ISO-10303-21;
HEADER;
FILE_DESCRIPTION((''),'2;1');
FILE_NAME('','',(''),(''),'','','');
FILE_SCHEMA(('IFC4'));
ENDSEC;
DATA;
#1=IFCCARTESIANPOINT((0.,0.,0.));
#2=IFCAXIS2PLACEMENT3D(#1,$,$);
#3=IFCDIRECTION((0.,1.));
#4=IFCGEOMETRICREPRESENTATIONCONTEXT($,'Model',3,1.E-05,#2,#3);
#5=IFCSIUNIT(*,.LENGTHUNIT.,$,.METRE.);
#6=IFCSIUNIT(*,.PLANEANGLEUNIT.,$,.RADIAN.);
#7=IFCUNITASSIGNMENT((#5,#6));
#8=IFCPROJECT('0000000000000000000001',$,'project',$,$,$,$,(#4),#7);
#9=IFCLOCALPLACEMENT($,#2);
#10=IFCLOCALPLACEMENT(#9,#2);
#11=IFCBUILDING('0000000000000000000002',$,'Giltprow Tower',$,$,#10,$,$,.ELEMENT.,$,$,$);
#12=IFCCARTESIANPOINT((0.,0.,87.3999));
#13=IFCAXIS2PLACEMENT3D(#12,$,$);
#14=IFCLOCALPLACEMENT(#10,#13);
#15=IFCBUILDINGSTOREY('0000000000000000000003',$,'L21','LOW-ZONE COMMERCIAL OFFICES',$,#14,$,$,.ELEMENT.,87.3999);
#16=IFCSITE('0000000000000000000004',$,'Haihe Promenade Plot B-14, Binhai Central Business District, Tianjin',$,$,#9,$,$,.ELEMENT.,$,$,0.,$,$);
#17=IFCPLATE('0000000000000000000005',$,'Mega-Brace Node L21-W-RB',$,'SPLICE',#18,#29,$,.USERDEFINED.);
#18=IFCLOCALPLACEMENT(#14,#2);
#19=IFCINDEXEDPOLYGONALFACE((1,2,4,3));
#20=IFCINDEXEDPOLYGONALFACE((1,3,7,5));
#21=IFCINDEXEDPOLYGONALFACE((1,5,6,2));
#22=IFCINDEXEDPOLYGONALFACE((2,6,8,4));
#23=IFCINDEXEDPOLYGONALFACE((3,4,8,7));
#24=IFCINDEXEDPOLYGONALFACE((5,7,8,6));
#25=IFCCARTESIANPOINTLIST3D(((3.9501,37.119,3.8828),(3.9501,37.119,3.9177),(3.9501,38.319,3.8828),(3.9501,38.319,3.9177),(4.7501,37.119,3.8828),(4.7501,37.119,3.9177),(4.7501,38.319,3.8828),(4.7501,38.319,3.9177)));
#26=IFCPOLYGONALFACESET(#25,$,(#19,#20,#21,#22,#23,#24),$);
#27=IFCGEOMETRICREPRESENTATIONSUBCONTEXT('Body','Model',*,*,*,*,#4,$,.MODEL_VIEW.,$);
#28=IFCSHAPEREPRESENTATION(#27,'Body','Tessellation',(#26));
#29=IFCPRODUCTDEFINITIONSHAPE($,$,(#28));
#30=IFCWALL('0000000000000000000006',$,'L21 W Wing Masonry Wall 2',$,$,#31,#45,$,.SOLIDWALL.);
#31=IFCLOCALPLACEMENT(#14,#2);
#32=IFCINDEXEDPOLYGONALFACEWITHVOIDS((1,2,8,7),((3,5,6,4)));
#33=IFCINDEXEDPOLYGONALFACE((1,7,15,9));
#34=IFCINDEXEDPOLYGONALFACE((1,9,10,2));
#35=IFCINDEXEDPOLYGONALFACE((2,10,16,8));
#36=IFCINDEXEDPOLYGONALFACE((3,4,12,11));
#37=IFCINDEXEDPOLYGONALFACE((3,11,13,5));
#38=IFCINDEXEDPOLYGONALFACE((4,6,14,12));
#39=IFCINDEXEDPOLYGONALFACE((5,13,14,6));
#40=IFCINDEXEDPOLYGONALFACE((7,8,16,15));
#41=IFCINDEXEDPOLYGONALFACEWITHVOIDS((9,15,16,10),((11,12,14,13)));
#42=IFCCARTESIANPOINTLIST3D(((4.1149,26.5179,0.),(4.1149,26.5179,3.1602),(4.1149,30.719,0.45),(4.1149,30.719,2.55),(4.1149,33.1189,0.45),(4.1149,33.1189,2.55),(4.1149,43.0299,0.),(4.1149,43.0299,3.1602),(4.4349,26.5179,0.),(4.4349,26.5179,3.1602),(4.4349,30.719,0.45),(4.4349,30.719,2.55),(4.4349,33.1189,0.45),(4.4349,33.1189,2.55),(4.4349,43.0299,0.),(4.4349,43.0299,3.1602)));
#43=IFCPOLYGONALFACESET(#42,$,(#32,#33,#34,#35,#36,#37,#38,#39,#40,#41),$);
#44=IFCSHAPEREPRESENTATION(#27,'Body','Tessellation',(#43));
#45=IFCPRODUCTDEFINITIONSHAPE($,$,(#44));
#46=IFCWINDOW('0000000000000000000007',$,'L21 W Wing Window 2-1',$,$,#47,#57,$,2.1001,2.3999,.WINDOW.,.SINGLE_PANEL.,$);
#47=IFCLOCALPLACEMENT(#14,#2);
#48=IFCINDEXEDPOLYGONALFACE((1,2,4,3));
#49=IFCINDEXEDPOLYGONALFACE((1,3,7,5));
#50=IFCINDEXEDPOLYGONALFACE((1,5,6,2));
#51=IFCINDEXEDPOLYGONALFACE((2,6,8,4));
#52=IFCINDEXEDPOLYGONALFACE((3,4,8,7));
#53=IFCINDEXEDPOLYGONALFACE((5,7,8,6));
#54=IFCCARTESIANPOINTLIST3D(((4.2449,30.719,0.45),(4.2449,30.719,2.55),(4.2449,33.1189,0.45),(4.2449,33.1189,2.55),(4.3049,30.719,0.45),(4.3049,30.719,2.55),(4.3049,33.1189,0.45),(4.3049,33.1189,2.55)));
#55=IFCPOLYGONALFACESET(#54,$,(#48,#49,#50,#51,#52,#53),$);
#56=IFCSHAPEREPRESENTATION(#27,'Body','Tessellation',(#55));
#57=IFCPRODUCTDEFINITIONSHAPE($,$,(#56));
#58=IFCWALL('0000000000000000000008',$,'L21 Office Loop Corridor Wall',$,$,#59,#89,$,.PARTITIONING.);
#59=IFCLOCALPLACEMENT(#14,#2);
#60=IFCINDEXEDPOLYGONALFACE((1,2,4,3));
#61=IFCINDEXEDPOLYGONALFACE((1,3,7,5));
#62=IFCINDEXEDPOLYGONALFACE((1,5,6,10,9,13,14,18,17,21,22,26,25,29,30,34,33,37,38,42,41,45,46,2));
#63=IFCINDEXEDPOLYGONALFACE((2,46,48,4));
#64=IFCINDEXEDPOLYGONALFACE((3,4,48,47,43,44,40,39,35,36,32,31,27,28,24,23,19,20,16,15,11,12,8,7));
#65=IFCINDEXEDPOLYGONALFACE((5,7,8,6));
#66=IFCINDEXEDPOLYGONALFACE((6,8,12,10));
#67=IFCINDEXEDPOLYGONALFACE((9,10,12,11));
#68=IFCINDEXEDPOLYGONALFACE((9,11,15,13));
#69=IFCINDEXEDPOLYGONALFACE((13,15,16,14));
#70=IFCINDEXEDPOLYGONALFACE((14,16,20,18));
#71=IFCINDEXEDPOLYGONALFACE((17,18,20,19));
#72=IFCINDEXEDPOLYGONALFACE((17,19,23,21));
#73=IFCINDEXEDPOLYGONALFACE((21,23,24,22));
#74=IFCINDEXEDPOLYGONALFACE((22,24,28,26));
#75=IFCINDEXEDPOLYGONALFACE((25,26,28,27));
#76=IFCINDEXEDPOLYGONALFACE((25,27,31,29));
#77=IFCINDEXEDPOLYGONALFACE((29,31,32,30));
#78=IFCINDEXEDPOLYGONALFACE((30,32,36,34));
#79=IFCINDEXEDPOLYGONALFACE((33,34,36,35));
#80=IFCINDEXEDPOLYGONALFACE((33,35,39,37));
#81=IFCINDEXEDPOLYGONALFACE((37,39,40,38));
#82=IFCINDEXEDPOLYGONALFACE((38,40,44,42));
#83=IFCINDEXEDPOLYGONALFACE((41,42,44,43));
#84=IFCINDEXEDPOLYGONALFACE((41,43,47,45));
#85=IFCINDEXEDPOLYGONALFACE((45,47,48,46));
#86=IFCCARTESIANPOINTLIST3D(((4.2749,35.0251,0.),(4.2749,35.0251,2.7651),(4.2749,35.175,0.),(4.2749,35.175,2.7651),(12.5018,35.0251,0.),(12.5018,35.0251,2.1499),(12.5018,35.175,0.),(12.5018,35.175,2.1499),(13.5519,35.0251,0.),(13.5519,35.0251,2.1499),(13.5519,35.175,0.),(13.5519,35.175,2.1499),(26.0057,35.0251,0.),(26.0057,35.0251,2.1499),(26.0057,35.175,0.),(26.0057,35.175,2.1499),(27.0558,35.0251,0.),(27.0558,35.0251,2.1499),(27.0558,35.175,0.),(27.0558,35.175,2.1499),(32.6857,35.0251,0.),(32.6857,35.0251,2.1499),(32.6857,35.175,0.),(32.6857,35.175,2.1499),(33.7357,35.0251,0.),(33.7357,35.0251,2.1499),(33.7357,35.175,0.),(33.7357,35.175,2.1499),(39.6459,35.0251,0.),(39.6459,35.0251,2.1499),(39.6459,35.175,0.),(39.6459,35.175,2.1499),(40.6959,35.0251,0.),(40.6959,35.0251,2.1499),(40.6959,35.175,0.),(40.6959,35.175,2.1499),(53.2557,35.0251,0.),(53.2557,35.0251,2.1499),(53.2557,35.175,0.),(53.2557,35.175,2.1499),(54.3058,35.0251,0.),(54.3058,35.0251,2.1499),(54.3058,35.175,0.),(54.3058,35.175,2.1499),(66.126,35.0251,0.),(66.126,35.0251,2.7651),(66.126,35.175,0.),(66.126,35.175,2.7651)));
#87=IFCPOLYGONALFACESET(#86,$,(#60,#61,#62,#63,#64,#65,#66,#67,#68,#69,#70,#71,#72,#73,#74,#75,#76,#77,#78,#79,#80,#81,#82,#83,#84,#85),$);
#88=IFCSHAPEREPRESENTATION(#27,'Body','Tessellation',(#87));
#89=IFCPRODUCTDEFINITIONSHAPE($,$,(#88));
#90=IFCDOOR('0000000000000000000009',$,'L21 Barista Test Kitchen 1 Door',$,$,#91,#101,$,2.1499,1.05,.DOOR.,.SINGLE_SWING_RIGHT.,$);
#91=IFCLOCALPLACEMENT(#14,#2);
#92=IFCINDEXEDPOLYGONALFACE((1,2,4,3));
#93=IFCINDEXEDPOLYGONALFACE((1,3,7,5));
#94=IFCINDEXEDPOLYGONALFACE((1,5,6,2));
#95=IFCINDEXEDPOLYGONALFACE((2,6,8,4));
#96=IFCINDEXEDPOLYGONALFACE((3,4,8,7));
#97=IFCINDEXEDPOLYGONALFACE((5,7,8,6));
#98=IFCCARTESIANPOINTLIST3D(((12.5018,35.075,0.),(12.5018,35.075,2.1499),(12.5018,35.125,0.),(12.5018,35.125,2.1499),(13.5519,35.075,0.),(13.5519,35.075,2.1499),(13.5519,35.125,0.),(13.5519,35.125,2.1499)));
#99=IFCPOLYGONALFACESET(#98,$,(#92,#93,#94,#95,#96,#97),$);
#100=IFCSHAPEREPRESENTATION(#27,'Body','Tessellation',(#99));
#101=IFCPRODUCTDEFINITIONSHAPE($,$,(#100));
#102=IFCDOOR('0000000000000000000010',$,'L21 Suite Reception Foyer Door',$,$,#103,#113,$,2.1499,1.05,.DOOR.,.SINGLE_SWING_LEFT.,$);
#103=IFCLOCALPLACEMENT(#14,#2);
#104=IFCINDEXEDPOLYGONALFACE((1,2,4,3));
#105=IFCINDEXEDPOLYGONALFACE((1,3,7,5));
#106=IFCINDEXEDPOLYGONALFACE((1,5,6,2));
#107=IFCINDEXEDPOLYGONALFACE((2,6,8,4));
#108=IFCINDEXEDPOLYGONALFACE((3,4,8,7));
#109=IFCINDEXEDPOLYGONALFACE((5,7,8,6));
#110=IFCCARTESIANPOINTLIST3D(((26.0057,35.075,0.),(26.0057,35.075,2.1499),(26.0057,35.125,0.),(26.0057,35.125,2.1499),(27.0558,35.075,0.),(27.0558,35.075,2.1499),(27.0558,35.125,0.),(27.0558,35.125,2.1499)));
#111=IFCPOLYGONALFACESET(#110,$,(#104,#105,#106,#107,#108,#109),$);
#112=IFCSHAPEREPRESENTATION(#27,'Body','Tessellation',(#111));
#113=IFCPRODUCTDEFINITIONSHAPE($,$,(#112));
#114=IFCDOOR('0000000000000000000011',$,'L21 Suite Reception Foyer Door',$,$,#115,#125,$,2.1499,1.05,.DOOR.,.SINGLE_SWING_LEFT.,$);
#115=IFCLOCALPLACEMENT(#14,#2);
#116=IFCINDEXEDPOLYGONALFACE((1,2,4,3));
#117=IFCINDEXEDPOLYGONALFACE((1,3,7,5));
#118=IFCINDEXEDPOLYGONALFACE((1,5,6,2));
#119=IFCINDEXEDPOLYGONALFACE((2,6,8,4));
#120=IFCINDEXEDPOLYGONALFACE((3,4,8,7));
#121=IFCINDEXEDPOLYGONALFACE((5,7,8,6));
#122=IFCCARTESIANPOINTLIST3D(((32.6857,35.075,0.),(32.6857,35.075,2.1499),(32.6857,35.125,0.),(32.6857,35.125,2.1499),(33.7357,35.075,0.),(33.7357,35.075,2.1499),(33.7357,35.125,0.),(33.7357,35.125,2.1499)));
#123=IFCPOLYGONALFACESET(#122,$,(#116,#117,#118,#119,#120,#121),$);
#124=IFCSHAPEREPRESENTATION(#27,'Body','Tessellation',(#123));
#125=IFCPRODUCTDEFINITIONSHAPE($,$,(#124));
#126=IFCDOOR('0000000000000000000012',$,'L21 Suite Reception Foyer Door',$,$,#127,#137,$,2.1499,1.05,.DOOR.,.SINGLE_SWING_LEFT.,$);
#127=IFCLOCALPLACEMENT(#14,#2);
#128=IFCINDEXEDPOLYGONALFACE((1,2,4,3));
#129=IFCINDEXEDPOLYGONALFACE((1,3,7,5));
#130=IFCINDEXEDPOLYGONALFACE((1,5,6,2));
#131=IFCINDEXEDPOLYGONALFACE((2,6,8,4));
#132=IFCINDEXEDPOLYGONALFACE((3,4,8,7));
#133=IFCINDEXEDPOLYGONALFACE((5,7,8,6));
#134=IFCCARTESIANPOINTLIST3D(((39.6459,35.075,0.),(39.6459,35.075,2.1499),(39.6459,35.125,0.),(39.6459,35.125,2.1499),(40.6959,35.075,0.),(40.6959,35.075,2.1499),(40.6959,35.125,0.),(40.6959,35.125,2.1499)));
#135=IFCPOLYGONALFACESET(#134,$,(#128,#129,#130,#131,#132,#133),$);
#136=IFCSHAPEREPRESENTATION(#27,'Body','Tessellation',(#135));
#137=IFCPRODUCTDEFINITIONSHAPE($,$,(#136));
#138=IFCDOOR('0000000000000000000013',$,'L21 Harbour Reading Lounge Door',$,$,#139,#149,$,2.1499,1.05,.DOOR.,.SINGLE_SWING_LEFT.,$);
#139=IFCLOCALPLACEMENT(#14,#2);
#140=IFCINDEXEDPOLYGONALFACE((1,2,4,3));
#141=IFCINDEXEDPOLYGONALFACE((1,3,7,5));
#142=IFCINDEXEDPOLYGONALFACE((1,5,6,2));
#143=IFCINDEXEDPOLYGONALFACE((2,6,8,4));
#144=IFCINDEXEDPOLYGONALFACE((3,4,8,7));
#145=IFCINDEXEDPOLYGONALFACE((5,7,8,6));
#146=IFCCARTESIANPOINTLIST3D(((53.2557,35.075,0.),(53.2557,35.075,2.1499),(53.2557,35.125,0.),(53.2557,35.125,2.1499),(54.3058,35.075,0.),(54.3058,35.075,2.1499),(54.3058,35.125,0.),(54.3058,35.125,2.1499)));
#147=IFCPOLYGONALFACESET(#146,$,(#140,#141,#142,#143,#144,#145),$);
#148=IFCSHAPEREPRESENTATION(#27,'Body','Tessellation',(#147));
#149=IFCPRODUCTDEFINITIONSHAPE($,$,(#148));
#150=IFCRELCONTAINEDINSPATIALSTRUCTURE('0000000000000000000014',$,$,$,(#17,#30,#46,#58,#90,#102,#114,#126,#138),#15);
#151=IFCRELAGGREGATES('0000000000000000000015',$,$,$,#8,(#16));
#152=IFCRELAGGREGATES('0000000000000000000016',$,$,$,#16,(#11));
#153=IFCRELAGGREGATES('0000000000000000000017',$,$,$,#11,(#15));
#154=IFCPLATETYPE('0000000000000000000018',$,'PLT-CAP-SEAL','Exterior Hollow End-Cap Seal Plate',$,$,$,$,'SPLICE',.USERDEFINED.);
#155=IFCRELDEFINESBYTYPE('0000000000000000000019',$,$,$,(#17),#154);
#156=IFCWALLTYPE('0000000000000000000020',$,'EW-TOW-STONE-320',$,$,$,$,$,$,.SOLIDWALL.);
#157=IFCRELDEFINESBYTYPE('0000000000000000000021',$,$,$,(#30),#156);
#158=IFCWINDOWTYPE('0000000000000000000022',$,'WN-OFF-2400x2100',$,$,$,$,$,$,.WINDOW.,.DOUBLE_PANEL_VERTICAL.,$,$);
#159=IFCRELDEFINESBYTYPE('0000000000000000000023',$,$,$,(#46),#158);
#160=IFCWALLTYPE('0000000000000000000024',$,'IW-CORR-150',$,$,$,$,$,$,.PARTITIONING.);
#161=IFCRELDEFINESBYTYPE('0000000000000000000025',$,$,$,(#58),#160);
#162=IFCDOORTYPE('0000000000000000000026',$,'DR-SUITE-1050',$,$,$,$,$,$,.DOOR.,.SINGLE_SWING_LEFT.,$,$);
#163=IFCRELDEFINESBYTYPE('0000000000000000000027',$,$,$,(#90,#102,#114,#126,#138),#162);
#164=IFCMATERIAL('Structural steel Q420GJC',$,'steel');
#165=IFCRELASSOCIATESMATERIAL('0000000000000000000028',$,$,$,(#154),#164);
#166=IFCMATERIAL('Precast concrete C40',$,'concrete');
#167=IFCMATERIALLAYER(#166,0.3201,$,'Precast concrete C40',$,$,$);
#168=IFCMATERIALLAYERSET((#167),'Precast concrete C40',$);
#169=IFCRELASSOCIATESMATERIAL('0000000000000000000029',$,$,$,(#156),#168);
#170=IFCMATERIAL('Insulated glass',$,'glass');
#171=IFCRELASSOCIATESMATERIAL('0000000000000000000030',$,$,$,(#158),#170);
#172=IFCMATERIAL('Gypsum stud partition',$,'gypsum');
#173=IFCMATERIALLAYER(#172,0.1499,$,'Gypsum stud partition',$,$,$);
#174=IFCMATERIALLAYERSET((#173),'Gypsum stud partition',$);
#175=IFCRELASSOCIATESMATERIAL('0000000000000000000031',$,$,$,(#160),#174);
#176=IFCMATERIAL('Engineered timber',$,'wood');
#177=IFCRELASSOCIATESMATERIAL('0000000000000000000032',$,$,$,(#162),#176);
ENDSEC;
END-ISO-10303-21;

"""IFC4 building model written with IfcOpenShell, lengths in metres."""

from ifc_helpers import new_model, si_unit, direction, frame, frame_2d, origin, origin_2d, place, context, subcontext, project, spatial, rectangle, extrude, source, transform, mapped, material, layer, layer_set, type_object, element, fill, save


model = new_model("IFC4")

# Units and contexts
model_context = context("Model", 3, precision=1e-05, world=origin(), true_north=direction((0.0, 1.0)))
body_context = subcontext(model_context, "Body", "Model", "MODEL_VIEW")
ifc_project = project(units=[si_unit("LENGTHUNIT", "METRE"), si_unit("PLANEANGLEUNIT", "RADIAN")], contexts=[model_context])

# Site, building, storey
site_placement = place(None, origin())
site = spatial("IfcSite", under=ifc_project, at=site_placement, Name="Haihe Promenade Plot B-14, Binhai Central Business District, Tianjin", CompositionType="ELEMENT", RefElevation=0.0)
building_placement = place(site_placement, origin())
building = spatial("IfcBuilding", under=site, at=building_placement, Name="Giltprow Tower", CompositionType="ELEMENT")
storey_placement = place(building_placement, frame((0.0, 0.0, 87.3999)))
storey = spatial("IfcBuildingStorey", under=building, at=storey_placement, Name="L21", Description="LOW-ZONE COMMERCIAL OFFICES", CompositionType="ELEMENT", Elevation=87.3999)

# Shared definitions
ifc_material_1 = material(Name="Structural steel Q420GJC", Category="steel")

# Plate
plate_type = type_object("IfcPlateType", Name="PLT-CAP-SEAL", Description="Exterior Hollow End-Cap Seal Plate", ElementType="SPLICE", PredefinedType="USERDEFINED", material=ifc_material_1)
shared_shape_1 = source(origin(), body_context, "Body", "SweptSolid", [
    extrude(rectangle(XDim=1.2, YDim=0.8, at=origin_2d()), origin(), (0.0, 0.0, 1.0), 0.0349),
])
plate_placement = place(storey_placement, frame((4.3501, 37.719, 3.8828), z_axis=(0.0, 0.0, 1.0), x_axis=(0.0, 1.0, 0.0)))
element("IfcPlate", 1, at=plate_placement, inside=storey, type_object=plate_type, Name="Mega-Brace Node L21-W-RB", ObjectType="SPLICE", PredefinedType="USERDEFINED", context=body_context, shape_type="MappedRepresentation", body=[
    mapped(shared_shape_1, transform((0.0, 0.0, 0.0), x_axis=(1.0, 0.0, 0.0), y_axis=(0.0, 1.0, 0.0), z_axis=(0.0, 0.0, 1.0), scale=1.0)),
])

# Wall, opening, window
ifc_material_2 = material(Name="Precast concrete C40", Category="concrete")
ifc_layer_1 = layer(ifc_material_2, 0.3201, Name="Precast concrete C40")
ifc_layer_set_1 = layer_set([ifc_layer_1], Name="Precast concrete C40")
wall_type_1 = type_object("IfcWallType", Name="EW-TOW-STONE-320", PredefinedType="SOLIDWALL", material=ifc_layer_set_1)
wall_1_placement = place(storey_placement, frame((4.2749, 26.5181, 0.0), z_axis=(0.0, 0.0, 1.0), x_axis=(0.0, 1.0, 0.0)))
wall_1 = element("IfcWall", 2, at=wall_1_placement, inside=storey, type_object=wall_type_1, Name="L21 W Wing Masonry Wall 2", PredefinedType="SOLIDWALL", context=body_context, shape_type="SweptSolid", body=[
    extrude(rectangle(XDim=16.512, YDim=0.3201, at=frame_2d((8.2559, 0.0))), origin(), (0.0, 0.0, 1.0), 3.1602),
])
opening_1_placement = place(wall_1_placement, frame((4.2009, 0.0, 0.45)))
opening_1 = element("IfcOpeningElement", 3, at=opening_1_placement, cuts=wall_1, PredefinedType="OPENING", context=body_context, shape_type="SweptSolid", body=[
    extrude(rectangle(XDim=2.3999, YDim=2.1001, at=frame_2d((1.2, 1.05))), frame((0.0, 0.1699, 0.0), z_axis=(0.0, -1.0, 0.0), x_axis=(1.0, 0.0, 0.0)), (0.0, 0.0, 1.0), 0.3401),
])
ifc_material_3 = material(Name="Insulated glass", Category="glass")
window_type = type_object("IfcWindowType", Name="WN-OFF-2400x2100", PartitioningType="DOUBLE_PANEL_VERTICAL", PredefinedType="WINDOW", material=ifc_material_3)
shared_shape_2 = source(origin(), body_context, "Body", "SweptSolid", [
    extrude(rectangle(XDim=2.3999, YDim=2.1001, at=frame_2d((1.2, 1.05))), frame((0.0, 0.03, 0.0), z_axis=(0.0, -1.0, 0.0), x_axis=(1.0, 0.0, 0.0)), (0.0, 0.0, 1.0), 0.0601),
])
window_placement = place(opening_1_placement, origin())
window = element("IfcWindow", 4, at=window_placement, inside=storey, type_object=window_type, Name="L21 W Wing Window 2-1", OverallHeight=2.1001, OverallWidth=2.3999, PartitioningType="SINGLE_PANEL", PredefinedType="WINDOW", context=body_context, shape_type="MappedRepresentation", body=[
    mapped(shared_shape_2, transform((0.0, 0.0, 0.0), x_axis=(1.0, 0.0, 0.0), y_axis=(0.0, 1.0, 0.0), z_axis=(0.0, 0.0, 1.0), scale=1.0)),
])
fill(opening_1, window)

# Wall, openings, doors
ifc_material_4 = material(Name="Gypsum stud partition", Category="gypsum")
ifc_layer_2 = layer(ifc_material_4, 0.1499, Name="Gypsum stud partition")
ifc_layer_set_2 = layer_set([ifc_layer_2], Name="Gypsum stud partition")
wall_type_2 = type_object("IfcWallType", Name="IW-CORR-150", PredefinedType="PARTITIONING", material=ifc_layer_set_2)
wall_2_placement = place(storey_placement, frame((4.2749, 35.1001, 0.0), z_axis=(0.0, 0.0, 1.0), x_axis=(1.0, 0.0, 0.0)))
wall_2 = element("IfcWall", 5, at=wall_2_placement, inside=storey, type_object=wall_type_2, Name="L21 Office Loop Corridor Wall", PredefinedType="PARTITIONING", context=body_context, shape_type="SweptSolid", body=[
    extrude(rectangle(XDim=61.8511, YDim=0.1499, at=frame_2d((30.9255, 0.0))), origin(), (0.0, 0.0, 1.0), 2.7651),
])
opening_2_placement = place(wall_2_placement, frame((8.2271, 0.0, 0.0)))
opening_2 = element("IfcOpeningElement", 6, at=opening_2_placement, cuts=wall_2, PredefinedType="OPENING", context=body_context, shape_type="SweptSolid", body=[
    extrude(rectangle(XDim=1.05, YDim=2.1499, at=frame_2d((0.5249, 1.075))), frame((0.0, 0.085, 0.0), z_axis=(0.0, -1.0, 0.0), x_axis=(1.0, 0.0, 0.0)), (0.0, 0.0, 1.0), 0.1699),
])
opening_3_placement = place(wall_2_placement, frame((21.731, 0.0, 0.0)))
opening_3 = element("IfcOpeningElement", 7, at=opening_3_placement, cuts=wall_2, PredefinedType="OPENING", context=body_context, shape_type="SweptSolid", body=[
    extrude(rectangle(XDim=1.05, YDim=2.1499, at=frame_2d((0.5249, 1.075))), frame((0.0, 0.085, 0.0), z_axis=(0.0, -1.0, 0.0), x_axis=(1.0, 0.0, 0.0)), (0.0, 0.0, 1.0), 0.1699),
])
opening_4_placement = place(wall_2_placement, frame((28.4109, 0.0, 0.0)))
opening_4 = element("IfcOpeningElement", 8, at=opening_4_placement, cuts=wall_2, PredefinedType="OPENING", context=body_context, shape_type="SweptSolid", body=[
    extrude(rectangle(XDim=1.05, YDim=2.1499, at=frame_2d((0.5249, 1.075))), frame((0.0, 0.085, 0.0), z_axis=(0.0, -1.0, 0.0), x_axis=(1.0, 0.0, 0.0)), (0.0, 0.0, 1.0), 0.1699),
])
opening_5_placement = place(wall_2_placement, frame((35.3711, 0.0, 0.0)))
opening_5 = element("IfcOpeningElement", 9, at=opening_5_placement, cuts=wall_2, PredefinedType="OPENING", context=body_context, shape_type="SweptSolid", body=[
    extrude(rectangle(XDim=1.05, YDim=2.1499, at=frame_2d((0.5249, 1.075))), frame((0.0, 0.085, 0.0), z_axis=(0.0, -1.0, 0.0), x_axis=(1.0, 0.0, 0.0)), (0.0, 0.0, 1.0), 0.1699),
])
opening_6_placement = place(wall_2_placement, frame((48.981, 0.0, 0.0)))
opening_6 = element("IfcOpeningElement", 10, at=opening_6_placement, cuts=wall_2, PredefinedType="OPENING", context=body_context, shape_type="SweptSolid", body=[
    extrude(rectangle(XDim=1.05, YDim=2.1499, at=frame_2d((0.5249, 1.075))), frame((0.0, 0.085, 0.0), z_axis=(0.0, -1.0, 0.0), x_axis=(1.0, 0.0, 0.0)), (0.0, 0.0, 1.0), 0.1699),
])
ifc_material_5 = material(Name="Engineered timber", Category="wood")
door_type_1 = type_object("IfcDoorType", Name="DR-SUITE-1050", OperationType="SINGLE_SWING_LEFT", PredefinedType="DOOR", material=ifc_material_5)
shared_shape_3 = source(origin(), body_context, "Body", "SweptSolid", [
    extrude(rectangle(XDim=1.05, YDim=2.1499, at=frame_2d((0.5249, 1.075))), frame((0.0, 0.0249, 0.0), z_axis=(0.0, -1.0, 0.0), x_axis=(1.0, 0.0, 0.0)), (0.0, 0.0, 1.0), 0.05),
])
door_1_placement = place(opening_2_placement, origin())
door_1 = element("IfcDoor", 11, at=door_1_placement, inside=storey, type_object=door_type_1, Name="L21 Barista Test Kitchen 1 Door", OperationType="SINGLE_SWING_RIGHT", OverallHeight=2.1499, OverallWidth=1.05, PredefinedType="DOOR", context=body_context, shape_type="MappedRepresentation", body=[
    mapped(shared_shape_3, transform((0.0, 0.0, 0.0), x_axis=(1.0, 0.0, 0.0), y_axis=(0.0, 1.0, 0.0), z_axis=(0.0, 0.0, 1.0), scale=1.0)),
])
fill(opening_2, door_1)
door_2_placement = place(opening_3_placement, origin())
door_2 = element("IfcDoor", 12, at=door_2_placement, inside=storey, type_object=door_type_1, Name="L21 Suite Reception Foyer Door", OperationType="SINGLE_SWING_LEFT", OverallHeight=2.1499, OverallWidth=1.05, PredefinedType="DOOR", context=body_context, shape_type="MappedRepresentation", body=[
    mapped(shared_shape_3, transform((0.0, 0.0, 0.0), x_axis=(1.0, 0.0, 0.0), y_axis=(0.0, 1.0, 0.0), z_axis=(0.0, 0.0, 1.0), scale=1.0)),
])
fill(opening_3, door_2)
door_3_placement = place(opening_4_placement, origin())
door_3 = element("IfcDoor", 13, at=door_3_placement, inside=storey, type_object=door_type_1, Name="L21 Suite Reception Foyer Door", OperationType="SINGLE_SWING_LEFT", OverallHeight=2.1499, OverallWidth=1.05, PredefinedType="DOOR", context=body_context, shape_type="MappedRepresentation", body=[
    mapped(shared_shape_3, transform((0.0, 0.0, 0.0), x_axis=(1.0, 0.0, 0.0), y_axis=(0.0, 1.0, 0.0), z_axis=(0.0, 0.0, 1.0), scale=1.0)),
])
fill(opening_4, door_3)
door_4_placement = place(opening_5_placement, origin())
door_4 = element("IfcDoor", 14, at=door_4_placement, inside=storey, type_object=door_type_1, Name="L21 Suite Reception Foyer Door", OperationType="SINGLE_SWING_LEFT", OverallHeight=2.1499, OverallWidth=1.05, PredefinedType="DOOR", context=body_context, shape_type="MappedRepresentation", body=[
    mapped(shared_shape_3, transform((0.0, 0.0, 0.0), x_axis=(1.0, 0.0, 0.0), y_axis=(0.0, 1.0, 0.0), z_axis=(0.0, 0.0, 1.0), scale=1.0)),
])
fill(opening_5, door_4)
door_5_placement = place(opening_6_placement, origin())
door_5 = element("IfcDoor", 15, at=door_5_placement, inside=storey, type_object=door_type_1, Name="L21 Harbour Reading Lounge Door", OperationType="SINGLE_SWING_LEFT", OverallHeight=2.1499, OverallWidth=1.05, PredefinedType="DOOR", context=body_context, shape_type="MappedRepresentation", body=[
    mapped(shared_shape_3, transform((0.0, 0.0, 0.0), x_axis=(1.0, 0.0, 0.0), y_axis=(0.0, 1.0, 0.0), z_axis=(0.0, 0.0, 1.0), scale=1.0)),
])
fill(opening_6, door_5)

save(model, "model.ifc")
